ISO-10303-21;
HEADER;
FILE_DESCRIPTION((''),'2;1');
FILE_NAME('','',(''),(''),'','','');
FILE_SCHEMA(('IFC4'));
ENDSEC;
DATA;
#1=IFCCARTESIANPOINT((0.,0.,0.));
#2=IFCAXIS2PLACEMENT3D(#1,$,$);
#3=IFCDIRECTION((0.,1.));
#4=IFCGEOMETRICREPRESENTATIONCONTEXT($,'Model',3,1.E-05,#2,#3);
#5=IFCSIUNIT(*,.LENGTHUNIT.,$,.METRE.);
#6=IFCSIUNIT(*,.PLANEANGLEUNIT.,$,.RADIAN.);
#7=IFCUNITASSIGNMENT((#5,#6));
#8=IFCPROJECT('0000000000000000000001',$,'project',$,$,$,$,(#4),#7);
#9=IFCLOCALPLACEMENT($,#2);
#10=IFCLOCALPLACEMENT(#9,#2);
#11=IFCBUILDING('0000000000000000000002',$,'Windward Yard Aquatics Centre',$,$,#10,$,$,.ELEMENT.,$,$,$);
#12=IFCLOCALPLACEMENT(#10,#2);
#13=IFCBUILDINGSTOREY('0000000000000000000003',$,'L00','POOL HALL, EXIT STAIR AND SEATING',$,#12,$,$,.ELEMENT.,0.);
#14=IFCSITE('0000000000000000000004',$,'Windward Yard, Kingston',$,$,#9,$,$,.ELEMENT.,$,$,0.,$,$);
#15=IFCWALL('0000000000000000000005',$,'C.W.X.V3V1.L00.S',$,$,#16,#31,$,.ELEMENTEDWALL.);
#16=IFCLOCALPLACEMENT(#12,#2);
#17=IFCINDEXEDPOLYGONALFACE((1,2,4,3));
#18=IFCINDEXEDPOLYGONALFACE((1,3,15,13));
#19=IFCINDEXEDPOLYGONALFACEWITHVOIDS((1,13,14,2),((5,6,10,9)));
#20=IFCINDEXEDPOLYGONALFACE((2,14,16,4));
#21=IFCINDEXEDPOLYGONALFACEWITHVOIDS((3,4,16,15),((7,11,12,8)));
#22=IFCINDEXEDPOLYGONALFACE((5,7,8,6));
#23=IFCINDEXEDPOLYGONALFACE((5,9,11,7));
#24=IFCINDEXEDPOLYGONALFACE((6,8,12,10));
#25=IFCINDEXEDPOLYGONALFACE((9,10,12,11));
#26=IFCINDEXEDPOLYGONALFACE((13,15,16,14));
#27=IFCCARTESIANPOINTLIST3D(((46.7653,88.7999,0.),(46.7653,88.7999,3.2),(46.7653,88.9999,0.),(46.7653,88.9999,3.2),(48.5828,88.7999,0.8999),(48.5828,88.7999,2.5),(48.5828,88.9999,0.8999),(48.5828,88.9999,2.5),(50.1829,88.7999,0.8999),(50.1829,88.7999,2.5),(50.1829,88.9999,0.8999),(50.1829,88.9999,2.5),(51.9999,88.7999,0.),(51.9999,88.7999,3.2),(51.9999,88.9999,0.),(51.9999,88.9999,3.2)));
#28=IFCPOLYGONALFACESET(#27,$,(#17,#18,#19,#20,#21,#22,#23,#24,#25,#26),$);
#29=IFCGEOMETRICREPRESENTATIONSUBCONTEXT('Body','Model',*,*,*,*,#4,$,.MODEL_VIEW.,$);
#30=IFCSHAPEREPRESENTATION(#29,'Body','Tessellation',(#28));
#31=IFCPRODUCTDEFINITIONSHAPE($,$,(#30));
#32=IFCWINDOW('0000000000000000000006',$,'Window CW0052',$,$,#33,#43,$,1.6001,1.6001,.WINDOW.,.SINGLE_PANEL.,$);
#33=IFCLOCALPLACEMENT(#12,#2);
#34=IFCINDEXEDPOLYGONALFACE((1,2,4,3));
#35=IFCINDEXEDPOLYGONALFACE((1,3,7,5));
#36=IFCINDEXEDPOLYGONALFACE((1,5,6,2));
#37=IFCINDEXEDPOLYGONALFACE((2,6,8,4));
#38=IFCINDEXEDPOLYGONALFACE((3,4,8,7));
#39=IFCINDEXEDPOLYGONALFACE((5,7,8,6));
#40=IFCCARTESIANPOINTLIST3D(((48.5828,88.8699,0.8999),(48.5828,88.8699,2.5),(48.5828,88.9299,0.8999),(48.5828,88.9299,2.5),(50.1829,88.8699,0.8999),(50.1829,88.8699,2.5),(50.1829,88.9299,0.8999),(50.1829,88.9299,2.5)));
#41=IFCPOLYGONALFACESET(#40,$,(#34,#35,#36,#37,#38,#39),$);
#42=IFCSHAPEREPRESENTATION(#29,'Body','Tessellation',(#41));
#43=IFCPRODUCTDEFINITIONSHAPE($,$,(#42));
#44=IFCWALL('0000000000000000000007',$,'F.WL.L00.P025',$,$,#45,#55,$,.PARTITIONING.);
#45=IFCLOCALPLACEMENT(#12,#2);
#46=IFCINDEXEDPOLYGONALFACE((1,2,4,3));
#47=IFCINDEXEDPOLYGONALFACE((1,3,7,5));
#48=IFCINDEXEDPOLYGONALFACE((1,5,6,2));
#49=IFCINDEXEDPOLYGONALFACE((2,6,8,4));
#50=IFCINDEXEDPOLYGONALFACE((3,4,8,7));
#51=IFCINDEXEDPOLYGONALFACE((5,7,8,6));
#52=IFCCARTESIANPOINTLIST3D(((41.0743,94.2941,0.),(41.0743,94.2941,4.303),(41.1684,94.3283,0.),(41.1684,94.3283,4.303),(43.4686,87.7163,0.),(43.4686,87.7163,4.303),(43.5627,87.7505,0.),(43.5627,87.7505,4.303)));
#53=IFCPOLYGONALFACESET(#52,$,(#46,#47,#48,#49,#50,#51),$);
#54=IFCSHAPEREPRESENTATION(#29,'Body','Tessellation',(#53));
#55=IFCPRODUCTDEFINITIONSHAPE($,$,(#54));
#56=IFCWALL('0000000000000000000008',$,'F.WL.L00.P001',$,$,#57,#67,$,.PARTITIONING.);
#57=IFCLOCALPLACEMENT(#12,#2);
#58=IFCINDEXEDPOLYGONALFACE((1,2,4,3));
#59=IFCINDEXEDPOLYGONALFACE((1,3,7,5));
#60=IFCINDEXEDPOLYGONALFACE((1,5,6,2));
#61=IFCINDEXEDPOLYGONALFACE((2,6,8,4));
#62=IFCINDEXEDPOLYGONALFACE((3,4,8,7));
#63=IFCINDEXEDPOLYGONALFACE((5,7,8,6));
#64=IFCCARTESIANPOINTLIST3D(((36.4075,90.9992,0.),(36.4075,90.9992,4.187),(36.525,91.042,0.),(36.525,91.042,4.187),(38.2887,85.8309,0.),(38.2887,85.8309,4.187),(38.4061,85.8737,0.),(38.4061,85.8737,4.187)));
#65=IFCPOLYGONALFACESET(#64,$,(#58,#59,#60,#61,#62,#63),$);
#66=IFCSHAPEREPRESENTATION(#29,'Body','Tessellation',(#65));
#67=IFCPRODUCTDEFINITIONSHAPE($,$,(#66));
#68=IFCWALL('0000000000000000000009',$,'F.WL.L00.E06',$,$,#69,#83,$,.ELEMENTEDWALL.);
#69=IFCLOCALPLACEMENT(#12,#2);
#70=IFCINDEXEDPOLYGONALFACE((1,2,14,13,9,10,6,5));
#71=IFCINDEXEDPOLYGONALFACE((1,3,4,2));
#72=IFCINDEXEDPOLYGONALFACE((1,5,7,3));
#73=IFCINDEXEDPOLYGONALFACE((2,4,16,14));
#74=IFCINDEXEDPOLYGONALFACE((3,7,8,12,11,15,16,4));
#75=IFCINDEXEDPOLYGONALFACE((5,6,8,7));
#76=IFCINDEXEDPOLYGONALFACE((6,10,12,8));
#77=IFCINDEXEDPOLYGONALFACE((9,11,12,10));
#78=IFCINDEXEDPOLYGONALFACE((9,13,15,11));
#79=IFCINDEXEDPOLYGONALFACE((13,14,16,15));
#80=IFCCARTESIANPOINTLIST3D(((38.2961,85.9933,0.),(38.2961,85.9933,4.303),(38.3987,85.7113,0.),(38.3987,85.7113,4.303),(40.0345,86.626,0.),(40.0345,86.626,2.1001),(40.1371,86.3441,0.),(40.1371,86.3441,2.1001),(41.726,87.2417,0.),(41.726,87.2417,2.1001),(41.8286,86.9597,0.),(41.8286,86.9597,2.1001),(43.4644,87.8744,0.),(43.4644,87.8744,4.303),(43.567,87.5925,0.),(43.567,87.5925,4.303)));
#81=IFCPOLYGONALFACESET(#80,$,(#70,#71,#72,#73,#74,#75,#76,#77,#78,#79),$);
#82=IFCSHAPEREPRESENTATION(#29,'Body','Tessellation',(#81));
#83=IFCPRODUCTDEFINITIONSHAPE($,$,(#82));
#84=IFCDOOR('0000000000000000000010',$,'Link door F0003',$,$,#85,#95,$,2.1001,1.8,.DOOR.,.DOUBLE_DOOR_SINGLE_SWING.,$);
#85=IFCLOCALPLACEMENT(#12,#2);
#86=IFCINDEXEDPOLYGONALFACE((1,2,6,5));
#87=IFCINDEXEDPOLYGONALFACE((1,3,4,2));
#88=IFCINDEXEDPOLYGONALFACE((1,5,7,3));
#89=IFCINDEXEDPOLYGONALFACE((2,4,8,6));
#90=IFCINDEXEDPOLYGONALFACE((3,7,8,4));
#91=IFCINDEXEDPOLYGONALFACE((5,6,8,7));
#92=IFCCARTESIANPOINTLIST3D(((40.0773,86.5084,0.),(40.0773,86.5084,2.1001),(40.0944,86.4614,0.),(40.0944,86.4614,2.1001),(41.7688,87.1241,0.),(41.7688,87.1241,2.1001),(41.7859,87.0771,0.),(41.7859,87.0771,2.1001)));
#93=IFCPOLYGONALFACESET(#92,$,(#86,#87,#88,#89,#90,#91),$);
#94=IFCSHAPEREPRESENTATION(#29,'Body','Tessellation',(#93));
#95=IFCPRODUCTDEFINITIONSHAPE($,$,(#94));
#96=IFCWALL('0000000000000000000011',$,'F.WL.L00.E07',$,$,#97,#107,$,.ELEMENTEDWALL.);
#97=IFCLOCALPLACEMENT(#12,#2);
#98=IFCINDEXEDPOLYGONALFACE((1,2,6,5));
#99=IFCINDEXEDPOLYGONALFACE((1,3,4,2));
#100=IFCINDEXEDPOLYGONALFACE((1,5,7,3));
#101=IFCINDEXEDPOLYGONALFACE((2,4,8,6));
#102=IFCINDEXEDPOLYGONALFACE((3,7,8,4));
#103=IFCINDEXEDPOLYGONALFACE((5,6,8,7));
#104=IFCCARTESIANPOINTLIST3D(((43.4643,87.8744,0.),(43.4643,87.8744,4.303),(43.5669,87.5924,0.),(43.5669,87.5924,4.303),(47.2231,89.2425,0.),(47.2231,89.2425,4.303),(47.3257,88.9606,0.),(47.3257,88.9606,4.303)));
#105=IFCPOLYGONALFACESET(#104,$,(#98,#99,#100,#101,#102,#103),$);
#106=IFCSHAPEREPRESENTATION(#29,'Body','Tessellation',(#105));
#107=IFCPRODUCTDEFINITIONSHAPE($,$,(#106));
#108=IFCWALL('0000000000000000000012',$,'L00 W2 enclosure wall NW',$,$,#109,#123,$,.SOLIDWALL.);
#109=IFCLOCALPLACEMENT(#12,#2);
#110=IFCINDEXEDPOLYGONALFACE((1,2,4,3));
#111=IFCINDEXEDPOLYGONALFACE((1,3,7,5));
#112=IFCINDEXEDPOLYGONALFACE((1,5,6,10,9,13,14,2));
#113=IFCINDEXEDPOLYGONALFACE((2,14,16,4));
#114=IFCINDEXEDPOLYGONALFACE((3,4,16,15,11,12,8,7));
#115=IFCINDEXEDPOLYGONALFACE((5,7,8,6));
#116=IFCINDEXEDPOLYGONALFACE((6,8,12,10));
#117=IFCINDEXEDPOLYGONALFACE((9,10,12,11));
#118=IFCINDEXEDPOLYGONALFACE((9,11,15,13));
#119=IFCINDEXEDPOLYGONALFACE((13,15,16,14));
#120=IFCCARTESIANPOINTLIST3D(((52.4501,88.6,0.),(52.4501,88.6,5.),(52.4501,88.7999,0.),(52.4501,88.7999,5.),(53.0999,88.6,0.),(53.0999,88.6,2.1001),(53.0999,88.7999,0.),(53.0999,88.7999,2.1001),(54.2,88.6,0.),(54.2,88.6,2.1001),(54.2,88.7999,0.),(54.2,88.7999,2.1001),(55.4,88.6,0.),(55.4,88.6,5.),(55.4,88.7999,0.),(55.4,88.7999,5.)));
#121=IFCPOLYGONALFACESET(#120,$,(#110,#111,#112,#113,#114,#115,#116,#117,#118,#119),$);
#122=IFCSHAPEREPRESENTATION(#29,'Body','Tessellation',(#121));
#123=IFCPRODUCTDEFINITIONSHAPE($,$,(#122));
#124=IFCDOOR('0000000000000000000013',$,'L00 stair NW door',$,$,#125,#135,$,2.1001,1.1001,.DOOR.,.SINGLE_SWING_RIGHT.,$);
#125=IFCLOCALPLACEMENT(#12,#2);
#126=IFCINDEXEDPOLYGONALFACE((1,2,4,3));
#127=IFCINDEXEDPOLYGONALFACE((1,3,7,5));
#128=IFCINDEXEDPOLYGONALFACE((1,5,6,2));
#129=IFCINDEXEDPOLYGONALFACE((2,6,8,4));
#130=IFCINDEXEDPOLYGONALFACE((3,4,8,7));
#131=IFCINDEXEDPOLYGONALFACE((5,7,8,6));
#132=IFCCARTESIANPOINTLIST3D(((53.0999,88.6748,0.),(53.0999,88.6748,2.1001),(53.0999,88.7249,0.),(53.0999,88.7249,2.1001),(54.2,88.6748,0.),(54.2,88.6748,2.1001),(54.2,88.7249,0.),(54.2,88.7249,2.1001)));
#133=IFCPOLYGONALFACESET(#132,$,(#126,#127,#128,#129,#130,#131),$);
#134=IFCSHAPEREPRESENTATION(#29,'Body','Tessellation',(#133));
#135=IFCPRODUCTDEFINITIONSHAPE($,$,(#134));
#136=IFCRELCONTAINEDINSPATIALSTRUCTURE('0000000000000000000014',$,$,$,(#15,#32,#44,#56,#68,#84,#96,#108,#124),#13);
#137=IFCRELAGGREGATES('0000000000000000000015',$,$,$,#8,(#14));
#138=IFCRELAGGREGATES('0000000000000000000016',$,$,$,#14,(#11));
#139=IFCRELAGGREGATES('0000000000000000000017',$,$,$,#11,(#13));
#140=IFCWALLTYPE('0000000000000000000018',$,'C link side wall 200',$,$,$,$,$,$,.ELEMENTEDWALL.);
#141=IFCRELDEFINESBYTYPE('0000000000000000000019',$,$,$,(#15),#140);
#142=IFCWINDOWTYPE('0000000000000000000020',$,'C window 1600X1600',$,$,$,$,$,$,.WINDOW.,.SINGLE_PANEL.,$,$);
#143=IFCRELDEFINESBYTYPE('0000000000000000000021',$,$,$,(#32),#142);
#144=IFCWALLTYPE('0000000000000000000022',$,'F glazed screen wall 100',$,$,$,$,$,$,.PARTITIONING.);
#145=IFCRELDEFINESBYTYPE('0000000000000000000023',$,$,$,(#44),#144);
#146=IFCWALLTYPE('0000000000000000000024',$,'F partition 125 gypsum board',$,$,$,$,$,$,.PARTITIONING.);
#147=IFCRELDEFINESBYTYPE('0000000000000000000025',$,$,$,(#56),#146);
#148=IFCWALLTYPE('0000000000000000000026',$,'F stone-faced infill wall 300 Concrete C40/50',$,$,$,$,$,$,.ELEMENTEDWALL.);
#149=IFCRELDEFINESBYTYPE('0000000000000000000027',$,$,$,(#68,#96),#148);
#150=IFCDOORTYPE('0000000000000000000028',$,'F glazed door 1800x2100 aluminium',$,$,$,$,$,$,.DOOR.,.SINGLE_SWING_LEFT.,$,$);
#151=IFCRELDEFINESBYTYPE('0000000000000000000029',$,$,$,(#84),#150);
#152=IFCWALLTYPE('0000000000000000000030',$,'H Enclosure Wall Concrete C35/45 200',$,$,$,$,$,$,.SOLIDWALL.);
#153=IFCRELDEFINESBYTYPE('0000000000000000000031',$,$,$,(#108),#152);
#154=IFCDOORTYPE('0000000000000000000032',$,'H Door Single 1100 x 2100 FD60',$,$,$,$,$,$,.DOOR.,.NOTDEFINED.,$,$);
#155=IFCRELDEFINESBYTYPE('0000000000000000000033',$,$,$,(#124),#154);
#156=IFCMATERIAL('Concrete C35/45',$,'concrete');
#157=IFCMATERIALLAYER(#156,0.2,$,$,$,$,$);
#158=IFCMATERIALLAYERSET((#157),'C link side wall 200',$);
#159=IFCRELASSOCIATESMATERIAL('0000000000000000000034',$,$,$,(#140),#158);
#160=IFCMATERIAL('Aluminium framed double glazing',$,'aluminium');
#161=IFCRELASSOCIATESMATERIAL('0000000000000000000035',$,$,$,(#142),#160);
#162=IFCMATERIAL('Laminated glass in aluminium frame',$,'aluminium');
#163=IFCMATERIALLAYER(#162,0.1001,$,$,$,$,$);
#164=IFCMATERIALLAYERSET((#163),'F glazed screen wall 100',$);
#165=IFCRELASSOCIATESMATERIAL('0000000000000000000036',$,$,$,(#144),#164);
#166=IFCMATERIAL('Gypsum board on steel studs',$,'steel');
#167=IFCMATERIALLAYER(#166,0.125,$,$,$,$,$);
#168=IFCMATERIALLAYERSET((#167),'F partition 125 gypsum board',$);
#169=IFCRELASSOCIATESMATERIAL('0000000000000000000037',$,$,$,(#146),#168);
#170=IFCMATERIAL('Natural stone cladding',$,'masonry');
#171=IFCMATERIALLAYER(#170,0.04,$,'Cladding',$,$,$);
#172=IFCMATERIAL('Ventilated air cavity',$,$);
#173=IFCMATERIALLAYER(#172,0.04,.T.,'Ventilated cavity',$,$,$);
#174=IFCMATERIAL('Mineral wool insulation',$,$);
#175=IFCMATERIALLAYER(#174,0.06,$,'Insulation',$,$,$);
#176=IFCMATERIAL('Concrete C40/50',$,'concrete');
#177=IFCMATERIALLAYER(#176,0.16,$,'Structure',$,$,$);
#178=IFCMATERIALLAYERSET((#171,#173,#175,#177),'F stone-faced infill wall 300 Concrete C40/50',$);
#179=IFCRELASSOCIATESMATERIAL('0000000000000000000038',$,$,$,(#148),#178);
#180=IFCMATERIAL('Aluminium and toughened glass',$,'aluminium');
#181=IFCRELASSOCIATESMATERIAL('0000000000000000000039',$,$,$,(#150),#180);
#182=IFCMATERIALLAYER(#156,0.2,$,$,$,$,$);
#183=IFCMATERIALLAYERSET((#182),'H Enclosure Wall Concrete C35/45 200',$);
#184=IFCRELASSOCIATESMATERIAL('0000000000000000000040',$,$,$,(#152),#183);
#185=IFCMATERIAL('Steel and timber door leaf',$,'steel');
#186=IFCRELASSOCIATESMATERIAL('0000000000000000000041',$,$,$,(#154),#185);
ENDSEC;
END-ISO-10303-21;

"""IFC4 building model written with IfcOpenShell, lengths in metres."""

from ifc_helpers import new_model, si_unit, direction, frame, frame_2d, origin, place, context, subcontext, project, spatial, rectangle, extrude, material, layer, layer_set, type_object, element, fill, save


model = new_model("IFC4")

# Units and contexts
model_context = context("Model", 3, precision=1e-05, world=origin(), true_north=direction((0.0, 1.0)))
body_context = subcontext(model_context, "Body", "Model", "MODEL_VIEW")
ifc_project = project(units=[si_unit("LENGTHUNIT", "METRE"), si_unit("PLANEANGLEUNIT", "RADIAN")], contexts=[model_context])

# Site, building, storey
site_placement = place(None, origin())
site = spatial("IfcSite", under=ifc_project, at=site_placement, Name="Windward Yard, Kingston", CompositionType="ELEMENT", RefElevation=0.0)
building_placement = place(site_placement, origin())
building = spatial("IfcBuilding", under=site, at=building_placement, Name="Windward Yard Aquatics Centre", CompositionType="ELEMENT")
storey_placement = place(building_placement, origin())
storey = spatial("IfcBuildingStorey", under=building, at=storey_placement, Name="L00", Description="POOL HALL, EXIT STAIR AND SEATING", CompositionType="ELEMENT", Elevation=0.0)

# Shared definitions
ifc_material_1 = material(Name="Concrete C40/50", Category="concrete")
ifc_material_2 = material(Name="Concrete C35/45", Category="concrete")

# Wall, opening, window
ifc_layer_1 = layer(ifc_material_2, 0.2)
ifc_layer_set_1 = layer_set([ifc_layer_1], Name="C link side wall 200")
wall_type_1 = type_object("IfcWallType", Name="C link side wall 200", PredefinedType="ELEMENTEDWALL", material=ifc_layer_set_1)
wall_1_placement = place(storey_placement, frame((46.7654, 88.8999, 0.0), z_axis=(0.0, 0.0, 1.0), x_axis=(1.0, 0.0, 0.0)))
wall_1 = element("IfcWall", 1, at=wall_1_placement, inside=storey, type_object=wall_type_1, Name="C.W.X.V3V1.L00.S", PredefinedType="ELEMENTEDWALL", context=body_context, shape_type="SweptSolid", body=[
    extrude(rectangle(XDim=5.2346, YDim=0.2, at=frame_2d((2.6172, 0.0))), origin(), (0.0, 0.0, 1.0), 3.2),
])
opening_1_placement = place(wall_1_placement, frame((1.8174, 0.0, 0.8999)))
opening_1 = element("IfcOpeningElement", 2, at=opening_1_placement, cuts=wall_1, PredefinedType="OPENING", context=body_context, shape_type="SweptSolid", body=[
    extrude(rectangle(XDim=1.6001, YDim=1.6001, at=frame_2d((0.8, 0.8))), frame((0.0, 0.1099, 0.0), z_axis=(0.0, -1.0, 0.0), x_axis=(1.0, 0.0, 0.0)), (0.0, 0.0, 1.0), 0.22),
])
ifc_material_3 = material(Name="Aluminium framed double glazing", Category="aluminium")
window_type = type_object("IfcWindowType", Name="C window 1600X1600", PartitioningType="SINGLE_PANEL", PredefinedType="WINDOW", material=ifc_material_3)
window_placement = place(opening_1_placement, origin())
window = element("IfcWindow", 3, at=window_placement, inside=storey, type_object=window_type, Name="Window CW0052", OverallHeight=1.6001, OverallWidth=1.6001, PartitioningType="SINGLE_PANEL", PredefinedType="WINDOW", context=body_context, shape_type="SweptSolid", body=[
    extrude(rectangle(XDim=1.6001, YDim=1.6001, at=frame_2d((0.8, 0.8))), frame((0.0, 0.03, 0.0), z_axis=(0.0, -1.0, 0.0), x_axis=(1.0, 0.0, 0.0)), (0.0, 0.0, 1.0), 0.0601),
])
fill(opening_1, window)

# Walls
ifc_material_4 = material(Name="Laminated glass in aluminium frame", Category="aluminium")
ifc_layer_2 = layer(ifc_material_4, 0.1001)
ifc_layer_set_2 = layer_set([ifc_layer_2], Name="F glazed screen wall 100")
wall_type_2 = type_object("IfcWallType", Name="F glazed screen wall 100", PredefinedType="PARTITIONING", material=ifc_layer_set_2)
wall_2_placement = place(storey_placement, frame((43.5156, 87.7334, 0.0), z_axis=(0.0, 0.0, 1.0), x_axis=(-0.342037, 0.939686, 0.0)))
element("IfcWall", 4, at=wall_2_placement, inside=storey, type_object=wall_type_2, Name="F.WL.L00.P025", PredefinedType="PARTITIONING", context=body_context, shape_type="SweptSolid", body=[
    extrude(rectangle(XDim=7.0, YDim=0.1001, at=frame_2d((3.5, 0.0))), origin(), (0.0, 0.0, 1.0), 4.303),
])
ifc_material_5 = material(Name="Gypsum board on steel studs", Category="steel")
ifc_layer_3 = layer(ifc_material_5, 0.125)
ifc_layer_set_3 = layer_set([ifc_layer_3], Name="F partition 125 gypsum board")
wall_type_3 = type_object("IfcWallType", Name="F partition 125 gypsum board", PredefinedType="PARTITIONING", material=ifc_layer_set_3)
wall_3_placement = place(storey_placement, frame((38.3474, 85.8523, 0.0), z_axis=(0.0, 0.0, 1.0), x_axis=(-0.342025, 0.939691, 0.0)))
element("IfcWall", 5, at=wall_3_placement, inside=storey, type_object=wall_type_3, Name="F.WL.L00.P001", PredefinedType="PARTITIONING", context=body_context, shape_type="SweptSolid", body=[
    extrude(rectangle(XDim=5.5, YDim=0.125, at=frame_2d((2.75, 0.0))), origin(), (0.0, 0.0, 1.0), 4.187),
])

# Wall, opening, door
ifc_material_6 = material(Name="Natural stone cladding", Category="masonry")
ifc_layer_4 = layer(ifc_material_6, 0.04, Name="Cladding")
ifc_material_7 = material(Name="Ventilated air cavity")
ifc_layer_5 = layer(ifc_material_7, 0.04, ventilated=True, Name="Ventilated cavity")
ifc_material_8 = material(Name="Mineral wool insulation")
ifc_layer_6 = layer(ifc_material_8, 0.06, Name="Insulation")
ifc_layer_7 = layer(ifc_material_1, 0.16, Name="Structure")
ifc_layer_set_4 = layer_set([ifc_layer_4, ifc_layer_5, ifc_layer_6, ifc_layer_7], Name="F stone-faced infill wall 300 Concrete C40/50")
wall_type_4 = type_object("IfcWallType", Name="F stone-faced infill wall 300 Concrete C40/50", PredefinedType="ELEMENTEDWALL", material=ifc_layer_set_4)
wall_4_placement = place(storey_placement, frame((38.3474, 85.8523, 0.0), z_axis=(0.0, 0.0, 1.0), x_axis=(0.939691, 0.342025, 0.0)))
wall_4 = element("IfcWall", 6, at=wall_4_placement, inside=storey, type_object=wall_type_4, Name="F.WL.L00.E06", PredefinedType="ELEMENTEDWALL", context=body_context, shape_type="SweptSolid", body=[
    extrude(rectangle(XDim=5.5, YDim=0.3, at=frame_2d((2.75, 0.0))), origin(), (0.0, 0.0, 1.0), 4.303),
])
opening_2_placement = place(wall_4_placement, frame((1.8501, 0.0, 0.0)))
opening_2 = element("IfcOpeningElement", 7, at=opening_2_placement, cuts=wall_4, PredefinedType="OPENING", context=body_context, shape_type="SweptSolid", body=[
    extrude(rectangle(XDim=1.8, YDim=2.1001, at=frame_2d((0.8999, 1.05))), frame((0.0, 0.1602, 0.0), z_axis=(0.0, -1.0, 0.0), x_axis=(1.0, 0.0, 0.0)), (0.0, 0.0, 1.0), 0.3201),
])
ifc_material_9 = material(Name="Aluminium and toughened glass", Category="aluminium")
door_type_1 = type_object("IfcDoorType", Name="F glazed door 1800x2100 aluminium", OperationType="SINGLE_SWING_LEFT", PredefinedType="DOOR", material=ifc_material_9)
door_1_placement = place(opening_2_placement, origin())
door_1 = element("IfcDoor", 8, at=door_1_placement, inside=storey, type_object=door_type_1, Name="Link door F0003", OperationType="DOUBLE_DOOR_SINGLE_SWING", OverallHeight=2.1001, OverallWidth=1.8, PredefinedType="DOOR", context=body_context, shape_type="SweptSolid", body=[
    extrude(rectangle(XDim=1.8, YDim=2.1001, at=frame_2d((0.8999, 1.05))), frame((0.0, 0.0249, 0.0), z_axis=(0.0, -1.0, 0.0), x_axis=(1.0, 0.0, 0.0)), (0.0, 0.0, 1.0), 0.05),
])
fill(opening_2, door_1)

# Wall
wall_5_placement = place(storey_placement, frame((43.5156, 87.7334, 0.0), z_axis=(0.0, 0.0, 1.0), x_axis=(0.939686, 0.342037, 0.0)))
element("IfcWall", 9, at=wall_5_placement, inside=storey, type_object=wall_type_4, Name="F.WL.L00.E07", PredefinedType="ELEMENTEDWALL", context=body_context, shape_type="SweptSolid", body=[
    extrude(rectangle(XDim=4.0, YDim=0.3, at=frame_2d((2.0, 0.0))), origin(), (0.0, 0.0, 1.0), 4.303),
])

# Wall, opening, door
ifc_layer_8 = layer(ifc_material_2, 0.2)
ifc_layer_set_5 = layer_set([ifc_layer_8], Name="H Enclosure Wall Concrete C35/45 200")
wall_type_5 = type_object("IfcWallType", Name="H Enclosure Wall Concrete C35/45 200", PredefinedType="SOLIDWALL", material=ifc_layer_set_5)
wall_6_placement = place(storey_placement, frame((52.45, 88.7, 0.0), z_axis=(0.0, 0.0, 1.0), x_axis=(1.0, 0.0, 0.0)))
wall_6 = element("IfcWall", 10, at=wall_6_placement, inside=storey, type_object=wall_type_5, Name="L00 W2 enclosure wall NW", PredefinedType="SOLIDWALL", context=body_context, shape_type="SweptSolid", body=[
    extrude(rectangle(XDim=2.95, YDim=0.2, at=frame_2d((1.4751, 0.0))), origin(), (0.0, 0.0, 1.0), 5.0),
])
opening_3_placement = place(wall_6_placement, frame((0.6499, 0.0, 0.0)))
opening_3 = element("IfcOpeningElement", 11, at=opening_3_placement, cuts=wall_6, PredefinedType="OPENING", context=body_context, shape_type="SweptSolid", body=[
    extrude(rectangle(XDim=1.1001, YDim=2.1001, at=frame_2d((0.55, 1.05))), frame((0.0, 0.1099, 0.0), z_axis=(0.0, -1.0, 0.0), x_axis=(1.0, 0.0, 0.0)), (0.0, 0.0, 1.0), 0.22),
])
ifc_material_10 = material(Name="Steel and timber door leaf", Category="steel")
door_type_2 = type_object("IfcDoorType", Name="H Door Single 1100 x 2100 FD60", OperationType="NOTDEFINED", PredefinedType="DOOR", material=ifc_material_10)
door_2_placement = place(opening_3_placement, origin())
door_2 = element("IfcDoor", 12, at=door_2_placement, inside=storey, type_object=door_type_2, Name="L00 stair NW door", OperationType="SINGLE_SWING_RIGHT", OverallHeight=2.1001, OverallWidth=1.1001, PredefinedType="DOOR", context=body_context, shape_type="SweptSolid", body=[
    extrude(rectangle(XDim=1.1001, YDim=2.1001, at=frame_2d((0.55, 1.05))), frame((0.0, 0.0249, 0.0), z_axis=(0.0, -1.0, 0.0), x_axis=(1.0, 0.0, 0.0)), (0.0, 0.0, 1.0), 0.05),
])
fill(opening_3, door_2)

save(model, "model.ifc")
